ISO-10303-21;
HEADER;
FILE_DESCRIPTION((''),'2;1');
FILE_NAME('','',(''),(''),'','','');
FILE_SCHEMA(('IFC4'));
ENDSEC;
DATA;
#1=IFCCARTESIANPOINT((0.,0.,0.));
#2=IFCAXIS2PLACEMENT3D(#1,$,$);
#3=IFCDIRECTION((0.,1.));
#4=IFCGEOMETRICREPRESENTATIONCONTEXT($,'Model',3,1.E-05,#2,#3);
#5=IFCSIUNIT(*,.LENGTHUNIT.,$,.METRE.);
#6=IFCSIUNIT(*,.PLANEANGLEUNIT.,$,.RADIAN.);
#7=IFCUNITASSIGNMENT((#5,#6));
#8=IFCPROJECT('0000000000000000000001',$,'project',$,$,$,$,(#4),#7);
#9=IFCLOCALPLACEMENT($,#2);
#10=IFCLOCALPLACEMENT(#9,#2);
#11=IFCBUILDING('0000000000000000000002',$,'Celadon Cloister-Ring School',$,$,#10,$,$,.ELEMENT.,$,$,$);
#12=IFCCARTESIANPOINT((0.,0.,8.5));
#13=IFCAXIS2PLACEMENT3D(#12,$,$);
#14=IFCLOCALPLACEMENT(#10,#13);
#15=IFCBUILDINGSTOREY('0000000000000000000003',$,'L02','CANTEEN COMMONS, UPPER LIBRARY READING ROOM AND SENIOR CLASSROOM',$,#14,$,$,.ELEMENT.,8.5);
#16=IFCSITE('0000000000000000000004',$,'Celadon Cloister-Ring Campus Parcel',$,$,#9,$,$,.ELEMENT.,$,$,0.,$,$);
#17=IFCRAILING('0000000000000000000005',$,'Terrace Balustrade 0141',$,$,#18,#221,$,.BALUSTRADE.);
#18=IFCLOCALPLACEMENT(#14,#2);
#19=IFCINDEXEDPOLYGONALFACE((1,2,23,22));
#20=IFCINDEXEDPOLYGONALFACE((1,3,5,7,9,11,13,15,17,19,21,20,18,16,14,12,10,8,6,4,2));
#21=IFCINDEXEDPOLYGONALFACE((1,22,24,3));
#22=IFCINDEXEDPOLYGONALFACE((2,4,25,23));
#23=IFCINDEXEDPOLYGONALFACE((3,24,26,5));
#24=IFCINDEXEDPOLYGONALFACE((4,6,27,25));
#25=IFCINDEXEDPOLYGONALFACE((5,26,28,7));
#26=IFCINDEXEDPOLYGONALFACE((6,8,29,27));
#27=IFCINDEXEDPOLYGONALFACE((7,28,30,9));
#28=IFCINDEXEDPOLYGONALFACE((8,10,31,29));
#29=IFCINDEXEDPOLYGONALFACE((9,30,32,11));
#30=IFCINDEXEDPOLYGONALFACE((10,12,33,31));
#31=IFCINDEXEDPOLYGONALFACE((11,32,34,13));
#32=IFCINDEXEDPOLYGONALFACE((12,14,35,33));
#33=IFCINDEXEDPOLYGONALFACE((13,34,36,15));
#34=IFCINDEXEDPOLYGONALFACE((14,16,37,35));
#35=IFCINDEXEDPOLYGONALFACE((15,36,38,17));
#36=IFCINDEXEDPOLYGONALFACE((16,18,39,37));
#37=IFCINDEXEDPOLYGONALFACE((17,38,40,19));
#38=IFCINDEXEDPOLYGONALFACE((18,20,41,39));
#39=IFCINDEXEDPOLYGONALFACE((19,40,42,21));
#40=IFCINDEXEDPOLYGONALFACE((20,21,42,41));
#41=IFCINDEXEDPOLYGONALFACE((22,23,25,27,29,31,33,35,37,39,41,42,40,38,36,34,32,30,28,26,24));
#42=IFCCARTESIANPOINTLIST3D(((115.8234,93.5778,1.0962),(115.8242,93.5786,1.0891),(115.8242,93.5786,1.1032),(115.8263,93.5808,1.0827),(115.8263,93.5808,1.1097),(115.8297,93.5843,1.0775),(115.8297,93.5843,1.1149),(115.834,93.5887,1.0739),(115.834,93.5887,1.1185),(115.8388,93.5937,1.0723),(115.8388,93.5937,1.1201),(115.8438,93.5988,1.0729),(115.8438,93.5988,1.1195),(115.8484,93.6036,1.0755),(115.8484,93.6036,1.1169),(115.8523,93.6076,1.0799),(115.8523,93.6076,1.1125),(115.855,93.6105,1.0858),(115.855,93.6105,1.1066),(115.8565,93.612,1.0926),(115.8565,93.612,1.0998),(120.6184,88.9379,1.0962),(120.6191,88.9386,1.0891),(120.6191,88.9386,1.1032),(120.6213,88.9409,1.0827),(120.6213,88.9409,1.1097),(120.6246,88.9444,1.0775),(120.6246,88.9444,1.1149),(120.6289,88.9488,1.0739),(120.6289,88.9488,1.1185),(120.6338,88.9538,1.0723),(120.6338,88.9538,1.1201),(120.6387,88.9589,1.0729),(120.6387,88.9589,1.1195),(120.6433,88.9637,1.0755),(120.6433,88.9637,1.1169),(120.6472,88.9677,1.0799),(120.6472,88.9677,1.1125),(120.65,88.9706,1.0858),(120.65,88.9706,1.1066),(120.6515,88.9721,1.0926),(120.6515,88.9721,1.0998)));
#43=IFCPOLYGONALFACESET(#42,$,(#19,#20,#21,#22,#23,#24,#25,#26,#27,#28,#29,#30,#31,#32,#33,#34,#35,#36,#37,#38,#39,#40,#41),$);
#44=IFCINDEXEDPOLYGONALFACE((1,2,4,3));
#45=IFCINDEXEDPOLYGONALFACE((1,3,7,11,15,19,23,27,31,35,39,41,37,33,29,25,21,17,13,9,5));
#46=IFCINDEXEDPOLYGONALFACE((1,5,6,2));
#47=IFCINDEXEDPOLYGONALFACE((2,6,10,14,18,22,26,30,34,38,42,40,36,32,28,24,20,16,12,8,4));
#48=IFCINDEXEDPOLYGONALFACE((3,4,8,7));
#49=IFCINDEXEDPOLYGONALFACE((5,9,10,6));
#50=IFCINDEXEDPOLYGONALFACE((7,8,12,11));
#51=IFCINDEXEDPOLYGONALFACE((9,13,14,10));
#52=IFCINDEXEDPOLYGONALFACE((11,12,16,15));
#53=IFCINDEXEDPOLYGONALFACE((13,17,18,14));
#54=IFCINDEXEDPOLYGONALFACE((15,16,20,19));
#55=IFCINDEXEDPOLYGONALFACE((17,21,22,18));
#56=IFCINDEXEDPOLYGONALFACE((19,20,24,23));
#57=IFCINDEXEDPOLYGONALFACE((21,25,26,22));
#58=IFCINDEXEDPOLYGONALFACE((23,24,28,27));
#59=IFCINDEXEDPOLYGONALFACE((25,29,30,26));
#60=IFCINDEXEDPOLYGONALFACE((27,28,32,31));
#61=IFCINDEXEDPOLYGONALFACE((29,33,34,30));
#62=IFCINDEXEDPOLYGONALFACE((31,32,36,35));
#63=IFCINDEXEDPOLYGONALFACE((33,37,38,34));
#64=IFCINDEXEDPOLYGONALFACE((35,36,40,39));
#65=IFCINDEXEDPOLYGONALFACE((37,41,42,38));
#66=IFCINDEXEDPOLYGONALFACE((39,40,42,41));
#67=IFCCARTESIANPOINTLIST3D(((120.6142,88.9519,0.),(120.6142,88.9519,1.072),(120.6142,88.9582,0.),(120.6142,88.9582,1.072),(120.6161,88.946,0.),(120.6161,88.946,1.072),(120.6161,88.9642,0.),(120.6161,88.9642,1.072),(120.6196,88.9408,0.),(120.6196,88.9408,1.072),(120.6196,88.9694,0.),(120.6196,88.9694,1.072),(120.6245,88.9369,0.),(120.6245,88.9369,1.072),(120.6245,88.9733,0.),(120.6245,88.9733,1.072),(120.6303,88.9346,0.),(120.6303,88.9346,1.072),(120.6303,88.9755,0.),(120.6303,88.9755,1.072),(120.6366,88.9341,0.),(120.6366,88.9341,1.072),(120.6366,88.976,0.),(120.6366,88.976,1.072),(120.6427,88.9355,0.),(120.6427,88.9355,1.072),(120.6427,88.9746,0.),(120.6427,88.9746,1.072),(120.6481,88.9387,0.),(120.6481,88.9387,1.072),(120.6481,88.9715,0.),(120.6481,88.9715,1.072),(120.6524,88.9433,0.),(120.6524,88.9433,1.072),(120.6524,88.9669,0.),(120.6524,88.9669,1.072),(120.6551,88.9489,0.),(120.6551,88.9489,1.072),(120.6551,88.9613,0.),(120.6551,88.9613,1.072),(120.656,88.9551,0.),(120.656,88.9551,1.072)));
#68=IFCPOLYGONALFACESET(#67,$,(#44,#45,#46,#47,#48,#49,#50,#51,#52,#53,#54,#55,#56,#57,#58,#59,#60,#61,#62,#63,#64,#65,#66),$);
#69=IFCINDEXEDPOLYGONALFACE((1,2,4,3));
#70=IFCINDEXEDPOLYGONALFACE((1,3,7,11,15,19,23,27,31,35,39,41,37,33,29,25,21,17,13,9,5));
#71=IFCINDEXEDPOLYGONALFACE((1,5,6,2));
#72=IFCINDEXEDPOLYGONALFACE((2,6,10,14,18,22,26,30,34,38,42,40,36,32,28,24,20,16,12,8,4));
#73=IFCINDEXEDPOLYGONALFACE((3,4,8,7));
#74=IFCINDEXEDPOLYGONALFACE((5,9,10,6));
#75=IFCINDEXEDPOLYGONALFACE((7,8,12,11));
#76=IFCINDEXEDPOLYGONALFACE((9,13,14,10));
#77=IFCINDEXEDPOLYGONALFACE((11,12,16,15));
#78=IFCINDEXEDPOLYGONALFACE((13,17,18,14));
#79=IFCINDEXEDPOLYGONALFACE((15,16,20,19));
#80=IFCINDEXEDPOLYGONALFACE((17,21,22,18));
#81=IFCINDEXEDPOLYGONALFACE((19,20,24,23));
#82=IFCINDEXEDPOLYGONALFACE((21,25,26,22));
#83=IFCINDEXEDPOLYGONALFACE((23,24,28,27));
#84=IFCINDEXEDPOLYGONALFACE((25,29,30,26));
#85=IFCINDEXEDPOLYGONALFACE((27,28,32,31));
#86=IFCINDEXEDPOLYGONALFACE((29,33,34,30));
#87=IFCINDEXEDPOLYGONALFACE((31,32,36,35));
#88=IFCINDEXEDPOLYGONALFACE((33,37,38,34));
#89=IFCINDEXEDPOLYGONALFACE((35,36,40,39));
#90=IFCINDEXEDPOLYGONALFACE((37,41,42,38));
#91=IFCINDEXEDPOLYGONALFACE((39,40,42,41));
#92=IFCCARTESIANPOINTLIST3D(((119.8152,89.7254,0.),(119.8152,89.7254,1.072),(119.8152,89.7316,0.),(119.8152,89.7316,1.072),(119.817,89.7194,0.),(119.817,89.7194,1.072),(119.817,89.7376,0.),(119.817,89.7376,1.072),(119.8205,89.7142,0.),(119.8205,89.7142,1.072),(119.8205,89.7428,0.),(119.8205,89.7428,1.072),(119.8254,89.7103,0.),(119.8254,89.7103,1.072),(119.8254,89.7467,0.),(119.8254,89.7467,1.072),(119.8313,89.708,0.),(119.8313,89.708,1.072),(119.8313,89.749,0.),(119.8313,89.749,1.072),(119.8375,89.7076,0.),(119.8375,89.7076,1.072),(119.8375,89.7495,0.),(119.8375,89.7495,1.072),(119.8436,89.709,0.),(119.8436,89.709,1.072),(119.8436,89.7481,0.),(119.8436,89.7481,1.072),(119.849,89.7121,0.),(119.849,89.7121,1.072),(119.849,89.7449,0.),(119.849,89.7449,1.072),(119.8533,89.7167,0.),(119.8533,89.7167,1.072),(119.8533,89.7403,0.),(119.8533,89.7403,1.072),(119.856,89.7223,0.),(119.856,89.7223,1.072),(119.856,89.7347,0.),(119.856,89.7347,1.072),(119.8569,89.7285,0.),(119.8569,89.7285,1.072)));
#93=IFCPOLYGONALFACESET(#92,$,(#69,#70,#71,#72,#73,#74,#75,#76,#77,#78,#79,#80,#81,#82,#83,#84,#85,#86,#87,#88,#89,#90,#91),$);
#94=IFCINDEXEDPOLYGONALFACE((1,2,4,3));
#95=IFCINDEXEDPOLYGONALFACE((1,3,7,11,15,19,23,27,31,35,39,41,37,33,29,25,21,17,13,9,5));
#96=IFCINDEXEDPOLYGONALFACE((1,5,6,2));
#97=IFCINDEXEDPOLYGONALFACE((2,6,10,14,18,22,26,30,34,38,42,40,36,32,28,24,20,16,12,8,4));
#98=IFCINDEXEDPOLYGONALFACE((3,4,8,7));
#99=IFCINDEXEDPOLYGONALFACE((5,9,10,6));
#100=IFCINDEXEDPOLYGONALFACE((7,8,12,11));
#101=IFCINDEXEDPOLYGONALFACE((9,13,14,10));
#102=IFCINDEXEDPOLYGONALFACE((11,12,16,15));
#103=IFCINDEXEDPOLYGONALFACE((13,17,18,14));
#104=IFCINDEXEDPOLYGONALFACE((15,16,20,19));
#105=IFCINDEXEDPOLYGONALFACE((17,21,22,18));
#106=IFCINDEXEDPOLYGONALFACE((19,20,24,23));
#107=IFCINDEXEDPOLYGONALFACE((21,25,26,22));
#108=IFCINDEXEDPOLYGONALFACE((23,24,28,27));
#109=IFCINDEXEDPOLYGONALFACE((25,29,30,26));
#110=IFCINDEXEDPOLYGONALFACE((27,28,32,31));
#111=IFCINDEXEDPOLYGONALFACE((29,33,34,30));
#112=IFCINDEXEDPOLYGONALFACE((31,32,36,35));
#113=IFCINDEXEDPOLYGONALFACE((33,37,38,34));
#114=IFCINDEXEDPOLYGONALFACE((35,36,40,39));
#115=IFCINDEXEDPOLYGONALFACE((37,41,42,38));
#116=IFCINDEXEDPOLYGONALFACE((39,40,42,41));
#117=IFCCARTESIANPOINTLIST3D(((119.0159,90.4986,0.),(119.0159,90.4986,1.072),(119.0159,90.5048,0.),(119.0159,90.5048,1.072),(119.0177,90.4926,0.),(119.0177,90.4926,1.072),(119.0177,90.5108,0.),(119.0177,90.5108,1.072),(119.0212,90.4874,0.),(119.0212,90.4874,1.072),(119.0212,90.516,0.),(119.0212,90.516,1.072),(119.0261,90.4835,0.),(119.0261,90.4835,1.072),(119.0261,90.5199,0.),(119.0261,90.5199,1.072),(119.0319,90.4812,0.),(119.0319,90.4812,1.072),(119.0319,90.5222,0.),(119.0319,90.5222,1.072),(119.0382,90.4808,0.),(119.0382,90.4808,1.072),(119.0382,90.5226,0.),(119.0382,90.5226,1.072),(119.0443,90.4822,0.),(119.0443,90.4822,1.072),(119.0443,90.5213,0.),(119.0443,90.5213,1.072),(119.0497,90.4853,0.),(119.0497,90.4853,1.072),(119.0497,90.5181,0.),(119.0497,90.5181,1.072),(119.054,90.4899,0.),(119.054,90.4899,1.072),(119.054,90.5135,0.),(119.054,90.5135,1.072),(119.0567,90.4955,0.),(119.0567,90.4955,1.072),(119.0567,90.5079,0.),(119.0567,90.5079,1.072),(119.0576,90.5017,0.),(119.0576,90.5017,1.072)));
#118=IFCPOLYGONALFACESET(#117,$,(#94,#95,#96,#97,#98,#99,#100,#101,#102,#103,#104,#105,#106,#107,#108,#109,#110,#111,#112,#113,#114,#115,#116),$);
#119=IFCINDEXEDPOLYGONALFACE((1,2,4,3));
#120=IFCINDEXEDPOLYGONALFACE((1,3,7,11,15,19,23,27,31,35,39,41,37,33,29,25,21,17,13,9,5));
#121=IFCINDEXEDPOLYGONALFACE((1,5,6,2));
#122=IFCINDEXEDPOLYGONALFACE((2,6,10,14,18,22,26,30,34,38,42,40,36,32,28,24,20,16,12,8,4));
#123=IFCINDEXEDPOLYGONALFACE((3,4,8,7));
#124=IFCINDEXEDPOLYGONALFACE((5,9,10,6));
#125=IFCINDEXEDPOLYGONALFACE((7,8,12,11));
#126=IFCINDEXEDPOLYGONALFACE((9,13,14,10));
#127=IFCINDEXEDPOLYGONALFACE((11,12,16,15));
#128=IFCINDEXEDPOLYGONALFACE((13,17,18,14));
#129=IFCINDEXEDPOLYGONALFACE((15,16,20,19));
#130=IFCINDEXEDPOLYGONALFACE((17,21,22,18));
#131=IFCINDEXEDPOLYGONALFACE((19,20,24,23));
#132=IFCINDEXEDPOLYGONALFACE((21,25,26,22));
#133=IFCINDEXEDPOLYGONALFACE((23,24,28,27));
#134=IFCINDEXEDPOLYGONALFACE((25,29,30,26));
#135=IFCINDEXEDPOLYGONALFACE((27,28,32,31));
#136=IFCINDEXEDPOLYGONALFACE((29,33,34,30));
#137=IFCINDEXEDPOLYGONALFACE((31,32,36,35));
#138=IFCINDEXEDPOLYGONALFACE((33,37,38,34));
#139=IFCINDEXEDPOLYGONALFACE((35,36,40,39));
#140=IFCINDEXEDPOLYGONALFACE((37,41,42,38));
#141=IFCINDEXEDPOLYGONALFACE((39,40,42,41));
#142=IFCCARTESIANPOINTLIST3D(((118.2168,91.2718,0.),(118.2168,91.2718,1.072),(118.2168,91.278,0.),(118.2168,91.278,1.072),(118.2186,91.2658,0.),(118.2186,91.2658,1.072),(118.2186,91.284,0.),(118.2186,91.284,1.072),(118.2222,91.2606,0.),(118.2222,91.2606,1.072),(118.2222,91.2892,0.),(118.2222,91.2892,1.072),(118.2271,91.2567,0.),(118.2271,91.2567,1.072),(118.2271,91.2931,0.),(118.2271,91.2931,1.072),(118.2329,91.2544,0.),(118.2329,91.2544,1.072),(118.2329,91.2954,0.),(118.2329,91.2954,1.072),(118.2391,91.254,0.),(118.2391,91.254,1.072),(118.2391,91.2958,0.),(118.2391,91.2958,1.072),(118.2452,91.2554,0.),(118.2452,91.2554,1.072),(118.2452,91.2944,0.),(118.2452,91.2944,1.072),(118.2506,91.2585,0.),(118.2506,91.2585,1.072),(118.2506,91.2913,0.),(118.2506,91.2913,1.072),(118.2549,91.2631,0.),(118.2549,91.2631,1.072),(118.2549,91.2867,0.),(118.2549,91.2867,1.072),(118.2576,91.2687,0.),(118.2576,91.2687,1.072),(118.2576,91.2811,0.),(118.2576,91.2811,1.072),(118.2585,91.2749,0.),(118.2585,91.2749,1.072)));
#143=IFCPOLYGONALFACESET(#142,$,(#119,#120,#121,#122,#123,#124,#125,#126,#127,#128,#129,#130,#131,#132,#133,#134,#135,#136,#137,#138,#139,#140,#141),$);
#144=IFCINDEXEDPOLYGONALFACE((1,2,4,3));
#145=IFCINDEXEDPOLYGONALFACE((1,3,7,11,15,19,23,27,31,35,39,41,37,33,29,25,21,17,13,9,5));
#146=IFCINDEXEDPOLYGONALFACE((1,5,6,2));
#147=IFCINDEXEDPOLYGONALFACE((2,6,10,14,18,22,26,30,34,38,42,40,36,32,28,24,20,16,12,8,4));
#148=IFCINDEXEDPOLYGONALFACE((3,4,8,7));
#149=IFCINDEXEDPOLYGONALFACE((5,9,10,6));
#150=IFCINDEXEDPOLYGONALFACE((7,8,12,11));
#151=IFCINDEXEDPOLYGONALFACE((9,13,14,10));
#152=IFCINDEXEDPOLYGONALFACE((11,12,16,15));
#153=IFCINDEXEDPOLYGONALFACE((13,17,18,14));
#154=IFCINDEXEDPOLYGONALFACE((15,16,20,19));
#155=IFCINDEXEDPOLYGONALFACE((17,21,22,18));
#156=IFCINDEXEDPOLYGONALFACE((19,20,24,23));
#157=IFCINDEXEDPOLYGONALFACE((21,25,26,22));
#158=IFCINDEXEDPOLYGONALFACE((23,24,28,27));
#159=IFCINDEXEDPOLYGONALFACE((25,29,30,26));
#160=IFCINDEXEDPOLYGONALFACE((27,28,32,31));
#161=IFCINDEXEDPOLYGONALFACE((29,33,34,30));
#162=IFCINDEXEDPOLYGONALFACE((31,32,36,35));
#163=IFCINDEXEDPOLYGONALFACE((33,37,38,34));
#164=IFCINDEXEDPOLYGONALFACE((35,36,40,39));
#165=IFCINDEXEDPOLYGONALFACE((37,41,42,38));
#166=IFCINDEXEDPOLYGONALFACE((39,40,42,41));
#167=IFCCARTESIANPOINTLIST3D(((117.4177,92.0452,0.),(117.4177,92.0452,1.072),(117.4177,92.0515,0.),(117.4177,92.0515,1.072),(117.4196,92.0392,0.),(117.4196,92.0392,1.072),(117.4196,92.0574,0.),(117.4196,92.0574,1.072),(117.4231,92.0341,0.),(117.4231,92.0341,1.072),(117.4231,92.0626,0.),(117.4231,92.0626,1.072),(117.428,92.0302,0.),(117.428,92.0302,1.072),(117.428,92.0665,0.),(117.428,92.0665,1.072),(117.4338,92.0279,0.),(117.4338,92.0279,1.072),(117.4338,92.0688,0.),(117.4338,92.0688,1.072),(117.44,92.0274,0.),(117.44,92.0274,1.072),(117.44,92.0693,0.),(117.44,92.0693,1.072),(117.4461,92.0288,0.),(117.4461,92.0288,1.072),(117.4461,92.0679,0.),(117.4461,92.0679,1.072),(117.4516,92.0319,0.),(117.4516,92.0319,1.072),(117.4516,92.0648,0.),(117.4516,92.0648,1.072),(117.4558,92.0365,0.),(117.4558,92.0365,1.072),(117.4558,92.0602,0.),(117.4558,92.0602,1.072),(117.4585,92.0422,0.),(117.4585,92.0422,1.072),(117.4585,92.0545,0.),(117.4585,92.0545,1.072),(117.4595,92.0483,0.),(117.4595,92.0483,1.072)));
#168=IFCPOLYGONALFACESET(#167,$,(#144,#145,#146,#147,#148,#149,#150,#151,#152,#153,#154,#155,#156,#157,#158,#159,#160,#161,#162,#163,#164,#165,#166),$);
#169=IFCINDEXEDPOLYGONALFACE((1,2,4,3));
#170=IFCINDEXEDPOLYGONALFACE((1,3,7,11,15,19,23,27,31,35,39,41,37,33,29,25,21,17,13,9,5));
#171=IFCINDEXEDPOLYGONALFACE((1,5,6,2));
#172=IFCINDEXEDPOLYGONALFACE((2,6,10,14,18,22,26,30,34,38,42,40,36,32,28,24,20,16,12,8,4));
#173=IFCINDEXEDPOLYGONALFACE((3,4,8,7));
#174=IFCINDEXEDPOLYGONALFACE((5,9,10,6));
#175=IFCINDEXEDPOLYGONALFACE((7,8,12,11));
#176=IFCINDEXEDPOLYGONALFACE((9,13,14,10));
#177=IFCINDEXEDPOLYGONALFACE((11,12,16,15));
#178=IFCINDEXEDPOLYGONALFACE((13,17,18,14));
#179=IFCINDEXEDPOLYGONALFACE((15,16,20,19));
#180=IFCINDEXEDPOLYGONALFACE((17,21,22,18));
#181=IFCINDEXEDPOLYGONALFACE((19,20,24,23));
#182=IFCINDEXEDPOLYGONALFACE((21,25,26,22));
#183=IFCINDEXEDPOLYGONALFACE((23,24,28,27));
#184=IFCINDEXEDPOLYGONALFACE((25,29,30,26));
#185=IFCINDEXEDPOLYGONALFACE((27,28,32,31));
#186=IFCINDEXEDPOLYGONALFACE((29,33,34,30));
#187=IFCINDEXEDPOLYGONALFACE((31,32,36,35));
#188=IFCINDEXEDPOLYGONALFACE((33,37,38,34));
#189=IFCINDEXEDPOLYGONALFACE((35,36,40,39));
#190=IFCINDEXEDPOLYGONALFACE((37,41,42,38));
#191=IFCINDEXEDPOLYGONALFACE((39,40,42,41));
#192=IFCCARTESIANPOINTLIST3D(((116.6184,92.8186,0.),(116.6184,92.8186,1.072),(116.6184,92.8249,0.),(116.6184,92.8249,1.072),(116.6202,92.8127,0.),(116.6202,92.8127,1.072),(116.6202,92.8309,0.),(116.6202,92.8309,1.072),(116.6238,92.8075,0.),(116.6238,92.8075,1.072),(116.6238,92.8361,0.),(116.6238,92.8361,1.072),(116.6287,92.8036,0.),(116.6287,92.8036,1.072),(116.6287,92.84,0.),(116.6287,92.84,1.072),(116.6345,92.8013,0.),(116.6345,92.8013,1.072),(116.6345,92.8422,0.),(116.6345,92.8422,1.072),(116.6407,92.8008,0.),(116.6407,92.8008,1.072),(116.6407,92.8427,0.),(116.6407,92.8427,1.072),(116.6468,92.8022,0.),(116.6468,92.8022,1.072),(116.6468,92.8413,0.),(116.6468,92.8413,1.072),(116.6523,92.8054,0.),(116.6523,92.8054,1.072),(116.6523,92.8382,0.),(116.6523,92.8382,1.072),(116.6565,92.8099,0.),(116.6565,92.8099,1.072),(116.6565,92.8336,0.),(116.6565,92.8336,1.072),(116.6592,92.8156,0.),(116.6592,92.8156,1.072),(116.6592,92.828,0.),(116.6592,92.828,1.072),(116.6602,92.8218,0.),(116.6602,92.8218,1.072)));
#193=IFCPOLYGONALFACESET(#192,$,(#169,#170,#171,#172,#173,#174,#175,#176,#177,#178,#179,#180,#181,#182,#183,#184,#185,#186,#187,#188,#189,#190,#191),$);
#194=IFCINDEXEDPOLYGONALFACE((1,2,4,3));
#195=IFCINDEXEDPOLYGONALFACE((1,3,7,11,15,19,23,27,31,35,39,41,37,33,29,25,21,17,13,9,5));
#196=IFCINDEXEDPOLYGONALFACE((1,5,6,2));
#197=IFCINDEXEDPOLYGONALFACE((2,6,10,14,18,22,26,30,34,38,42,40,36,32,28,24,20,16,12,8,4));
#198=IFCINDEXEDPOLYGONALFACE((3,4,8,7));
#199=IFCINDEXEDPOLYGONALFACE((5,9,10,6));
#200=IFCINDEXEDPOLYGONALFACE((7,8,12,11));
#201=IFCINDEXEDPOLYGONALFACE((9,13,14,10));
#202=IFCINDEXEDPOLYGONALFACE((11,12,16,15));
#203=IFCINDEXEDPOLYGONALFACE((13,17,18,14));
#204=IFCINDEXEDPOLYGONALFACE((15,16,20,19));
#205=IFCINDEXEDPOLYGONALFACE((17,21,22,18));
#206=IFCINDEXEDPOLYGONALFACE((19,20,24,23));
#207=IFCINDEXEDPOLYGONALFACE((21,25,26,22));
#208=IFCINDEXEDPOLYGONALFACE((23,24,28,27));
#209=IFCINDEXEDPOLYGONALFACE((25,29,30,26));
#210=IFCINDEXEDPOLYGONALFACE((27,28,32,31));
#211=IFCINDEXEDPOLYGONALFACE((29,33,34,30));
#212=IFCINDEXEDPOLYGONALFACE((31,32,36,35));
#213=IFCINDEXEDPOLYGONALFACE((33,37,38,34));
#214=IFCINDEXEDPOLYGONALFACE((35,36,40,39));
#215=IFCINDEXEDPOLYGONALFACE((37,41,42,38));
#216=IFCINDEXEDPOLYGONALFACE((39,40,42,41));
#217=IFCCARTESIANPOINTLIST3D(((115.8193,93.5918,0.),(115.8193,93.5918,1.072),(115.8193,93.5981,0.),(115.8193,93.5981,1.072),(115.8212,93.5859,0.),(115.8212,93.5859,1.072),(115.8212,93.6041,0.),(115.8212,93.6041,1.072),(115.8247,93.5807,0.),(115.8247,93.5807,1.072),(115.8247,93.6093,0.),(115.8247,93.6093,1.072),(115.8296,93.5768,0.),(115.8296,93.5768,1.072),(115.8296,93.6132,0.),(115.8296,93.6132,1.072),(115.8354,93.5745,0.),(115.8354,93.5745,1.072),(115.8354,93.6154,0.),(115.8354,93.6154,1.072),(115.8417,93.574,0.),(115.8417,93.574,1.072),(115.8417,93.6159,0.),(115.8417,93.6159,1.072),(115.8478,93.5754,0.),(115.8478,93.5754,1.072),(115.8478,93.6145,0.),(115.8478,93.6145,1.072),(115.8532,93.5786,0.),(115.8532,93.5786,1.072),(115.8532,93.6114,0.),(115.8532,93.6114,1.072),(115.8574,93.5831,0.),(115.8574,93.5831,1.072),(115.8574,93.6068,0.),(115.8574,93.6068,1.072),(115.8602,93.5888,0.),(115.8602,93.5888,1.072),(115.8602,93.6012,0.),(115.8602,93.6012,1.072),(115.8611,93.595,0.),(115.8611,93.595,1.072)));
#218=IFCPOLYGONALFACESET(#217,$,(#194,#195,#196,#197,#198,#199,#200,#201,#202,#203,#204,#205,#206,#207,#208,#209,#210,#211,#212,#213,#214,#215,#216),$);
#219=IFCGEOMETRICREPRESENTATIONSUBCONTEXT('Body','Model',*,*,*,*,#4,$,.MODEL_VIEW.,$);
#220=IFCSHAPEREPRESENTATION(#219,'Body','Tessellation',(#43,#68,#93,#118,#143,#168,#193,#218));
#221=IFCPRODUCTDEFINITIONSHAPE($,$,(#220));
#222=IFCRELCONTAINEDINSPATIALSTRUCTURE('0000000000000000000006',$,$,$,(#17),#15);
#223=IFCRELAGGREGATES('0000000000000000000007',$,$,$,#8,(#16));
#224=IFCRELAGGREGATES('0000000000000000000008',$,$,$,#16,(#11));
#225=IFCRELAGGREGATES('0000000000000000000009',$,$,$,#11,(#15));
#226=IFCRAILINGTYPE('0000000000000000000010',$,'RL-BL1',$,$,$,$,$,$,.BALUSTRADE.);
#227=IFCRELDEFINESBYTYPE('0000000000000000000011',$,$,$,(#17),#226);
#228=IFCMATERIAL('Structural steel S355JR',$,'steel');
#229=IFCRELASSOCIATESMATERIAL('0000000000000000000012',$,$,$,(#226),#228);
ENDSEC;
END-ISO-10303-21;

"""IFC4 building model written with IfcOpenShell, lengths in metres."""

from ifc_helpers import new_model, si_unit, direction, frame, origin, origin_2d, place, context, subcontext, project, spatial, circle, extrude, material, type_object, element, save


model = new_model("IFC4")

# Units and contexts
model_context = context("Model", 3, precision=1e-05, world=origin(), true_north=direction((0.0, 1.0)))
body_context = subcontext(model_context, "Body", "Model", "MODEL_VIEW")
ifc_project = project(units=[si_unit("LENGTHUNIT", "METRE"), si_unit("PLANEANGLEUNIT", "RADIAN")], contexts=[model_context])

# Site, building, storey
site_placement = place(None, origin())
site = spatial("IfcSite", under=ifc_project, at=site_placement, Name="Celadon Cloister-Ring Campus Parcel", CompositionType="ELEMENT", RefElevation=0.0)
building_placement = place(site_placement, origin())
building = spatial("IfcBuilding", under=site, at=building_placement, Name="Celadon Cloister-Ring School", CompositionType="ELEMENT")
storey_placement = place(building_placement, frame((0.0, 0.0, 8.5)))
storey = spatial("IfcBuildingStorey", under=building, at=storey_placement, Name="L02", Description="CANTEEN COMMONS, UPPER LIBRARY READING ROOM AND SENIOR CLASSROOM", CompositionType="ELEMENT", Elevation=8.5)

# Railing
ifc_material_1 = material(Name="Structural steel S355JR", Category="steel")
railing_type = type_object("IfcRailingType", Name="RL-BL1", PredefinedType="BALUSTRADE", material=ifc_material_1)
railing_1_placement = place(storey_placement, frame((120.635, 88.9551, 0.0)))
element("IfcRailing", 1, at=railing_1_placement, inside=storey, type_object=railing_type, Name="Terrace Balustrade 0141", PredefinedType="BALUSTRADE", context=body_context, shape_type="SweptSolid", body=[
    extrude(circle(Radius=0.0239, at=origin_2d()), frame((0.0, 0.0, 1.0962), z_axis=(-0.718629, 0.695394, 0.0), x_axis=(-0.695394, -0.718629, 0.0)), (0.0, 0.0, 1.0), 6.6724),
    extrude(circle(Radius=0.021, at=origin_2d()), origin(), (0.0, 0.0, 1.0), 1.072),
    extrude(circle(Radius=0.021, at=origin_2d()), frame((-0.7991, 0.7734, 0.0)), (0.0, 0.0, 1.0), 1.072),
    extrude(circle(Radius=0.021, at=origin_2d()), frame((-1.5984, 1.5466, 0.0)), (0.0, 0.0, 1.0), 1.072),
    extrude(circle(Radius=0.021, at=origin_2d()), frame((-2.3975, 2.3198, 0.0)), (0.0, 0.0, 1.0), 1.072),
    extrude(circle(Radius=0.021, at=origin_2d()), frame((-3.1965, 3.0933, 0.0)), (0.0, 0.0, 1.0), 1.072),
    extrude(circle(Radius=0.021, at=origin_2d()), frame((-3.9958, 3.8667, 0.0)), (0.0, 0.0, 1.0), 1.072),
    extrude(circle(Radius=0.021, at=origin_2d()), frame((-4.7949, 4.6399, 0.0)), (0.0, 0.0, 1.0), 1.072),
])

save(model, "model.ifc")
